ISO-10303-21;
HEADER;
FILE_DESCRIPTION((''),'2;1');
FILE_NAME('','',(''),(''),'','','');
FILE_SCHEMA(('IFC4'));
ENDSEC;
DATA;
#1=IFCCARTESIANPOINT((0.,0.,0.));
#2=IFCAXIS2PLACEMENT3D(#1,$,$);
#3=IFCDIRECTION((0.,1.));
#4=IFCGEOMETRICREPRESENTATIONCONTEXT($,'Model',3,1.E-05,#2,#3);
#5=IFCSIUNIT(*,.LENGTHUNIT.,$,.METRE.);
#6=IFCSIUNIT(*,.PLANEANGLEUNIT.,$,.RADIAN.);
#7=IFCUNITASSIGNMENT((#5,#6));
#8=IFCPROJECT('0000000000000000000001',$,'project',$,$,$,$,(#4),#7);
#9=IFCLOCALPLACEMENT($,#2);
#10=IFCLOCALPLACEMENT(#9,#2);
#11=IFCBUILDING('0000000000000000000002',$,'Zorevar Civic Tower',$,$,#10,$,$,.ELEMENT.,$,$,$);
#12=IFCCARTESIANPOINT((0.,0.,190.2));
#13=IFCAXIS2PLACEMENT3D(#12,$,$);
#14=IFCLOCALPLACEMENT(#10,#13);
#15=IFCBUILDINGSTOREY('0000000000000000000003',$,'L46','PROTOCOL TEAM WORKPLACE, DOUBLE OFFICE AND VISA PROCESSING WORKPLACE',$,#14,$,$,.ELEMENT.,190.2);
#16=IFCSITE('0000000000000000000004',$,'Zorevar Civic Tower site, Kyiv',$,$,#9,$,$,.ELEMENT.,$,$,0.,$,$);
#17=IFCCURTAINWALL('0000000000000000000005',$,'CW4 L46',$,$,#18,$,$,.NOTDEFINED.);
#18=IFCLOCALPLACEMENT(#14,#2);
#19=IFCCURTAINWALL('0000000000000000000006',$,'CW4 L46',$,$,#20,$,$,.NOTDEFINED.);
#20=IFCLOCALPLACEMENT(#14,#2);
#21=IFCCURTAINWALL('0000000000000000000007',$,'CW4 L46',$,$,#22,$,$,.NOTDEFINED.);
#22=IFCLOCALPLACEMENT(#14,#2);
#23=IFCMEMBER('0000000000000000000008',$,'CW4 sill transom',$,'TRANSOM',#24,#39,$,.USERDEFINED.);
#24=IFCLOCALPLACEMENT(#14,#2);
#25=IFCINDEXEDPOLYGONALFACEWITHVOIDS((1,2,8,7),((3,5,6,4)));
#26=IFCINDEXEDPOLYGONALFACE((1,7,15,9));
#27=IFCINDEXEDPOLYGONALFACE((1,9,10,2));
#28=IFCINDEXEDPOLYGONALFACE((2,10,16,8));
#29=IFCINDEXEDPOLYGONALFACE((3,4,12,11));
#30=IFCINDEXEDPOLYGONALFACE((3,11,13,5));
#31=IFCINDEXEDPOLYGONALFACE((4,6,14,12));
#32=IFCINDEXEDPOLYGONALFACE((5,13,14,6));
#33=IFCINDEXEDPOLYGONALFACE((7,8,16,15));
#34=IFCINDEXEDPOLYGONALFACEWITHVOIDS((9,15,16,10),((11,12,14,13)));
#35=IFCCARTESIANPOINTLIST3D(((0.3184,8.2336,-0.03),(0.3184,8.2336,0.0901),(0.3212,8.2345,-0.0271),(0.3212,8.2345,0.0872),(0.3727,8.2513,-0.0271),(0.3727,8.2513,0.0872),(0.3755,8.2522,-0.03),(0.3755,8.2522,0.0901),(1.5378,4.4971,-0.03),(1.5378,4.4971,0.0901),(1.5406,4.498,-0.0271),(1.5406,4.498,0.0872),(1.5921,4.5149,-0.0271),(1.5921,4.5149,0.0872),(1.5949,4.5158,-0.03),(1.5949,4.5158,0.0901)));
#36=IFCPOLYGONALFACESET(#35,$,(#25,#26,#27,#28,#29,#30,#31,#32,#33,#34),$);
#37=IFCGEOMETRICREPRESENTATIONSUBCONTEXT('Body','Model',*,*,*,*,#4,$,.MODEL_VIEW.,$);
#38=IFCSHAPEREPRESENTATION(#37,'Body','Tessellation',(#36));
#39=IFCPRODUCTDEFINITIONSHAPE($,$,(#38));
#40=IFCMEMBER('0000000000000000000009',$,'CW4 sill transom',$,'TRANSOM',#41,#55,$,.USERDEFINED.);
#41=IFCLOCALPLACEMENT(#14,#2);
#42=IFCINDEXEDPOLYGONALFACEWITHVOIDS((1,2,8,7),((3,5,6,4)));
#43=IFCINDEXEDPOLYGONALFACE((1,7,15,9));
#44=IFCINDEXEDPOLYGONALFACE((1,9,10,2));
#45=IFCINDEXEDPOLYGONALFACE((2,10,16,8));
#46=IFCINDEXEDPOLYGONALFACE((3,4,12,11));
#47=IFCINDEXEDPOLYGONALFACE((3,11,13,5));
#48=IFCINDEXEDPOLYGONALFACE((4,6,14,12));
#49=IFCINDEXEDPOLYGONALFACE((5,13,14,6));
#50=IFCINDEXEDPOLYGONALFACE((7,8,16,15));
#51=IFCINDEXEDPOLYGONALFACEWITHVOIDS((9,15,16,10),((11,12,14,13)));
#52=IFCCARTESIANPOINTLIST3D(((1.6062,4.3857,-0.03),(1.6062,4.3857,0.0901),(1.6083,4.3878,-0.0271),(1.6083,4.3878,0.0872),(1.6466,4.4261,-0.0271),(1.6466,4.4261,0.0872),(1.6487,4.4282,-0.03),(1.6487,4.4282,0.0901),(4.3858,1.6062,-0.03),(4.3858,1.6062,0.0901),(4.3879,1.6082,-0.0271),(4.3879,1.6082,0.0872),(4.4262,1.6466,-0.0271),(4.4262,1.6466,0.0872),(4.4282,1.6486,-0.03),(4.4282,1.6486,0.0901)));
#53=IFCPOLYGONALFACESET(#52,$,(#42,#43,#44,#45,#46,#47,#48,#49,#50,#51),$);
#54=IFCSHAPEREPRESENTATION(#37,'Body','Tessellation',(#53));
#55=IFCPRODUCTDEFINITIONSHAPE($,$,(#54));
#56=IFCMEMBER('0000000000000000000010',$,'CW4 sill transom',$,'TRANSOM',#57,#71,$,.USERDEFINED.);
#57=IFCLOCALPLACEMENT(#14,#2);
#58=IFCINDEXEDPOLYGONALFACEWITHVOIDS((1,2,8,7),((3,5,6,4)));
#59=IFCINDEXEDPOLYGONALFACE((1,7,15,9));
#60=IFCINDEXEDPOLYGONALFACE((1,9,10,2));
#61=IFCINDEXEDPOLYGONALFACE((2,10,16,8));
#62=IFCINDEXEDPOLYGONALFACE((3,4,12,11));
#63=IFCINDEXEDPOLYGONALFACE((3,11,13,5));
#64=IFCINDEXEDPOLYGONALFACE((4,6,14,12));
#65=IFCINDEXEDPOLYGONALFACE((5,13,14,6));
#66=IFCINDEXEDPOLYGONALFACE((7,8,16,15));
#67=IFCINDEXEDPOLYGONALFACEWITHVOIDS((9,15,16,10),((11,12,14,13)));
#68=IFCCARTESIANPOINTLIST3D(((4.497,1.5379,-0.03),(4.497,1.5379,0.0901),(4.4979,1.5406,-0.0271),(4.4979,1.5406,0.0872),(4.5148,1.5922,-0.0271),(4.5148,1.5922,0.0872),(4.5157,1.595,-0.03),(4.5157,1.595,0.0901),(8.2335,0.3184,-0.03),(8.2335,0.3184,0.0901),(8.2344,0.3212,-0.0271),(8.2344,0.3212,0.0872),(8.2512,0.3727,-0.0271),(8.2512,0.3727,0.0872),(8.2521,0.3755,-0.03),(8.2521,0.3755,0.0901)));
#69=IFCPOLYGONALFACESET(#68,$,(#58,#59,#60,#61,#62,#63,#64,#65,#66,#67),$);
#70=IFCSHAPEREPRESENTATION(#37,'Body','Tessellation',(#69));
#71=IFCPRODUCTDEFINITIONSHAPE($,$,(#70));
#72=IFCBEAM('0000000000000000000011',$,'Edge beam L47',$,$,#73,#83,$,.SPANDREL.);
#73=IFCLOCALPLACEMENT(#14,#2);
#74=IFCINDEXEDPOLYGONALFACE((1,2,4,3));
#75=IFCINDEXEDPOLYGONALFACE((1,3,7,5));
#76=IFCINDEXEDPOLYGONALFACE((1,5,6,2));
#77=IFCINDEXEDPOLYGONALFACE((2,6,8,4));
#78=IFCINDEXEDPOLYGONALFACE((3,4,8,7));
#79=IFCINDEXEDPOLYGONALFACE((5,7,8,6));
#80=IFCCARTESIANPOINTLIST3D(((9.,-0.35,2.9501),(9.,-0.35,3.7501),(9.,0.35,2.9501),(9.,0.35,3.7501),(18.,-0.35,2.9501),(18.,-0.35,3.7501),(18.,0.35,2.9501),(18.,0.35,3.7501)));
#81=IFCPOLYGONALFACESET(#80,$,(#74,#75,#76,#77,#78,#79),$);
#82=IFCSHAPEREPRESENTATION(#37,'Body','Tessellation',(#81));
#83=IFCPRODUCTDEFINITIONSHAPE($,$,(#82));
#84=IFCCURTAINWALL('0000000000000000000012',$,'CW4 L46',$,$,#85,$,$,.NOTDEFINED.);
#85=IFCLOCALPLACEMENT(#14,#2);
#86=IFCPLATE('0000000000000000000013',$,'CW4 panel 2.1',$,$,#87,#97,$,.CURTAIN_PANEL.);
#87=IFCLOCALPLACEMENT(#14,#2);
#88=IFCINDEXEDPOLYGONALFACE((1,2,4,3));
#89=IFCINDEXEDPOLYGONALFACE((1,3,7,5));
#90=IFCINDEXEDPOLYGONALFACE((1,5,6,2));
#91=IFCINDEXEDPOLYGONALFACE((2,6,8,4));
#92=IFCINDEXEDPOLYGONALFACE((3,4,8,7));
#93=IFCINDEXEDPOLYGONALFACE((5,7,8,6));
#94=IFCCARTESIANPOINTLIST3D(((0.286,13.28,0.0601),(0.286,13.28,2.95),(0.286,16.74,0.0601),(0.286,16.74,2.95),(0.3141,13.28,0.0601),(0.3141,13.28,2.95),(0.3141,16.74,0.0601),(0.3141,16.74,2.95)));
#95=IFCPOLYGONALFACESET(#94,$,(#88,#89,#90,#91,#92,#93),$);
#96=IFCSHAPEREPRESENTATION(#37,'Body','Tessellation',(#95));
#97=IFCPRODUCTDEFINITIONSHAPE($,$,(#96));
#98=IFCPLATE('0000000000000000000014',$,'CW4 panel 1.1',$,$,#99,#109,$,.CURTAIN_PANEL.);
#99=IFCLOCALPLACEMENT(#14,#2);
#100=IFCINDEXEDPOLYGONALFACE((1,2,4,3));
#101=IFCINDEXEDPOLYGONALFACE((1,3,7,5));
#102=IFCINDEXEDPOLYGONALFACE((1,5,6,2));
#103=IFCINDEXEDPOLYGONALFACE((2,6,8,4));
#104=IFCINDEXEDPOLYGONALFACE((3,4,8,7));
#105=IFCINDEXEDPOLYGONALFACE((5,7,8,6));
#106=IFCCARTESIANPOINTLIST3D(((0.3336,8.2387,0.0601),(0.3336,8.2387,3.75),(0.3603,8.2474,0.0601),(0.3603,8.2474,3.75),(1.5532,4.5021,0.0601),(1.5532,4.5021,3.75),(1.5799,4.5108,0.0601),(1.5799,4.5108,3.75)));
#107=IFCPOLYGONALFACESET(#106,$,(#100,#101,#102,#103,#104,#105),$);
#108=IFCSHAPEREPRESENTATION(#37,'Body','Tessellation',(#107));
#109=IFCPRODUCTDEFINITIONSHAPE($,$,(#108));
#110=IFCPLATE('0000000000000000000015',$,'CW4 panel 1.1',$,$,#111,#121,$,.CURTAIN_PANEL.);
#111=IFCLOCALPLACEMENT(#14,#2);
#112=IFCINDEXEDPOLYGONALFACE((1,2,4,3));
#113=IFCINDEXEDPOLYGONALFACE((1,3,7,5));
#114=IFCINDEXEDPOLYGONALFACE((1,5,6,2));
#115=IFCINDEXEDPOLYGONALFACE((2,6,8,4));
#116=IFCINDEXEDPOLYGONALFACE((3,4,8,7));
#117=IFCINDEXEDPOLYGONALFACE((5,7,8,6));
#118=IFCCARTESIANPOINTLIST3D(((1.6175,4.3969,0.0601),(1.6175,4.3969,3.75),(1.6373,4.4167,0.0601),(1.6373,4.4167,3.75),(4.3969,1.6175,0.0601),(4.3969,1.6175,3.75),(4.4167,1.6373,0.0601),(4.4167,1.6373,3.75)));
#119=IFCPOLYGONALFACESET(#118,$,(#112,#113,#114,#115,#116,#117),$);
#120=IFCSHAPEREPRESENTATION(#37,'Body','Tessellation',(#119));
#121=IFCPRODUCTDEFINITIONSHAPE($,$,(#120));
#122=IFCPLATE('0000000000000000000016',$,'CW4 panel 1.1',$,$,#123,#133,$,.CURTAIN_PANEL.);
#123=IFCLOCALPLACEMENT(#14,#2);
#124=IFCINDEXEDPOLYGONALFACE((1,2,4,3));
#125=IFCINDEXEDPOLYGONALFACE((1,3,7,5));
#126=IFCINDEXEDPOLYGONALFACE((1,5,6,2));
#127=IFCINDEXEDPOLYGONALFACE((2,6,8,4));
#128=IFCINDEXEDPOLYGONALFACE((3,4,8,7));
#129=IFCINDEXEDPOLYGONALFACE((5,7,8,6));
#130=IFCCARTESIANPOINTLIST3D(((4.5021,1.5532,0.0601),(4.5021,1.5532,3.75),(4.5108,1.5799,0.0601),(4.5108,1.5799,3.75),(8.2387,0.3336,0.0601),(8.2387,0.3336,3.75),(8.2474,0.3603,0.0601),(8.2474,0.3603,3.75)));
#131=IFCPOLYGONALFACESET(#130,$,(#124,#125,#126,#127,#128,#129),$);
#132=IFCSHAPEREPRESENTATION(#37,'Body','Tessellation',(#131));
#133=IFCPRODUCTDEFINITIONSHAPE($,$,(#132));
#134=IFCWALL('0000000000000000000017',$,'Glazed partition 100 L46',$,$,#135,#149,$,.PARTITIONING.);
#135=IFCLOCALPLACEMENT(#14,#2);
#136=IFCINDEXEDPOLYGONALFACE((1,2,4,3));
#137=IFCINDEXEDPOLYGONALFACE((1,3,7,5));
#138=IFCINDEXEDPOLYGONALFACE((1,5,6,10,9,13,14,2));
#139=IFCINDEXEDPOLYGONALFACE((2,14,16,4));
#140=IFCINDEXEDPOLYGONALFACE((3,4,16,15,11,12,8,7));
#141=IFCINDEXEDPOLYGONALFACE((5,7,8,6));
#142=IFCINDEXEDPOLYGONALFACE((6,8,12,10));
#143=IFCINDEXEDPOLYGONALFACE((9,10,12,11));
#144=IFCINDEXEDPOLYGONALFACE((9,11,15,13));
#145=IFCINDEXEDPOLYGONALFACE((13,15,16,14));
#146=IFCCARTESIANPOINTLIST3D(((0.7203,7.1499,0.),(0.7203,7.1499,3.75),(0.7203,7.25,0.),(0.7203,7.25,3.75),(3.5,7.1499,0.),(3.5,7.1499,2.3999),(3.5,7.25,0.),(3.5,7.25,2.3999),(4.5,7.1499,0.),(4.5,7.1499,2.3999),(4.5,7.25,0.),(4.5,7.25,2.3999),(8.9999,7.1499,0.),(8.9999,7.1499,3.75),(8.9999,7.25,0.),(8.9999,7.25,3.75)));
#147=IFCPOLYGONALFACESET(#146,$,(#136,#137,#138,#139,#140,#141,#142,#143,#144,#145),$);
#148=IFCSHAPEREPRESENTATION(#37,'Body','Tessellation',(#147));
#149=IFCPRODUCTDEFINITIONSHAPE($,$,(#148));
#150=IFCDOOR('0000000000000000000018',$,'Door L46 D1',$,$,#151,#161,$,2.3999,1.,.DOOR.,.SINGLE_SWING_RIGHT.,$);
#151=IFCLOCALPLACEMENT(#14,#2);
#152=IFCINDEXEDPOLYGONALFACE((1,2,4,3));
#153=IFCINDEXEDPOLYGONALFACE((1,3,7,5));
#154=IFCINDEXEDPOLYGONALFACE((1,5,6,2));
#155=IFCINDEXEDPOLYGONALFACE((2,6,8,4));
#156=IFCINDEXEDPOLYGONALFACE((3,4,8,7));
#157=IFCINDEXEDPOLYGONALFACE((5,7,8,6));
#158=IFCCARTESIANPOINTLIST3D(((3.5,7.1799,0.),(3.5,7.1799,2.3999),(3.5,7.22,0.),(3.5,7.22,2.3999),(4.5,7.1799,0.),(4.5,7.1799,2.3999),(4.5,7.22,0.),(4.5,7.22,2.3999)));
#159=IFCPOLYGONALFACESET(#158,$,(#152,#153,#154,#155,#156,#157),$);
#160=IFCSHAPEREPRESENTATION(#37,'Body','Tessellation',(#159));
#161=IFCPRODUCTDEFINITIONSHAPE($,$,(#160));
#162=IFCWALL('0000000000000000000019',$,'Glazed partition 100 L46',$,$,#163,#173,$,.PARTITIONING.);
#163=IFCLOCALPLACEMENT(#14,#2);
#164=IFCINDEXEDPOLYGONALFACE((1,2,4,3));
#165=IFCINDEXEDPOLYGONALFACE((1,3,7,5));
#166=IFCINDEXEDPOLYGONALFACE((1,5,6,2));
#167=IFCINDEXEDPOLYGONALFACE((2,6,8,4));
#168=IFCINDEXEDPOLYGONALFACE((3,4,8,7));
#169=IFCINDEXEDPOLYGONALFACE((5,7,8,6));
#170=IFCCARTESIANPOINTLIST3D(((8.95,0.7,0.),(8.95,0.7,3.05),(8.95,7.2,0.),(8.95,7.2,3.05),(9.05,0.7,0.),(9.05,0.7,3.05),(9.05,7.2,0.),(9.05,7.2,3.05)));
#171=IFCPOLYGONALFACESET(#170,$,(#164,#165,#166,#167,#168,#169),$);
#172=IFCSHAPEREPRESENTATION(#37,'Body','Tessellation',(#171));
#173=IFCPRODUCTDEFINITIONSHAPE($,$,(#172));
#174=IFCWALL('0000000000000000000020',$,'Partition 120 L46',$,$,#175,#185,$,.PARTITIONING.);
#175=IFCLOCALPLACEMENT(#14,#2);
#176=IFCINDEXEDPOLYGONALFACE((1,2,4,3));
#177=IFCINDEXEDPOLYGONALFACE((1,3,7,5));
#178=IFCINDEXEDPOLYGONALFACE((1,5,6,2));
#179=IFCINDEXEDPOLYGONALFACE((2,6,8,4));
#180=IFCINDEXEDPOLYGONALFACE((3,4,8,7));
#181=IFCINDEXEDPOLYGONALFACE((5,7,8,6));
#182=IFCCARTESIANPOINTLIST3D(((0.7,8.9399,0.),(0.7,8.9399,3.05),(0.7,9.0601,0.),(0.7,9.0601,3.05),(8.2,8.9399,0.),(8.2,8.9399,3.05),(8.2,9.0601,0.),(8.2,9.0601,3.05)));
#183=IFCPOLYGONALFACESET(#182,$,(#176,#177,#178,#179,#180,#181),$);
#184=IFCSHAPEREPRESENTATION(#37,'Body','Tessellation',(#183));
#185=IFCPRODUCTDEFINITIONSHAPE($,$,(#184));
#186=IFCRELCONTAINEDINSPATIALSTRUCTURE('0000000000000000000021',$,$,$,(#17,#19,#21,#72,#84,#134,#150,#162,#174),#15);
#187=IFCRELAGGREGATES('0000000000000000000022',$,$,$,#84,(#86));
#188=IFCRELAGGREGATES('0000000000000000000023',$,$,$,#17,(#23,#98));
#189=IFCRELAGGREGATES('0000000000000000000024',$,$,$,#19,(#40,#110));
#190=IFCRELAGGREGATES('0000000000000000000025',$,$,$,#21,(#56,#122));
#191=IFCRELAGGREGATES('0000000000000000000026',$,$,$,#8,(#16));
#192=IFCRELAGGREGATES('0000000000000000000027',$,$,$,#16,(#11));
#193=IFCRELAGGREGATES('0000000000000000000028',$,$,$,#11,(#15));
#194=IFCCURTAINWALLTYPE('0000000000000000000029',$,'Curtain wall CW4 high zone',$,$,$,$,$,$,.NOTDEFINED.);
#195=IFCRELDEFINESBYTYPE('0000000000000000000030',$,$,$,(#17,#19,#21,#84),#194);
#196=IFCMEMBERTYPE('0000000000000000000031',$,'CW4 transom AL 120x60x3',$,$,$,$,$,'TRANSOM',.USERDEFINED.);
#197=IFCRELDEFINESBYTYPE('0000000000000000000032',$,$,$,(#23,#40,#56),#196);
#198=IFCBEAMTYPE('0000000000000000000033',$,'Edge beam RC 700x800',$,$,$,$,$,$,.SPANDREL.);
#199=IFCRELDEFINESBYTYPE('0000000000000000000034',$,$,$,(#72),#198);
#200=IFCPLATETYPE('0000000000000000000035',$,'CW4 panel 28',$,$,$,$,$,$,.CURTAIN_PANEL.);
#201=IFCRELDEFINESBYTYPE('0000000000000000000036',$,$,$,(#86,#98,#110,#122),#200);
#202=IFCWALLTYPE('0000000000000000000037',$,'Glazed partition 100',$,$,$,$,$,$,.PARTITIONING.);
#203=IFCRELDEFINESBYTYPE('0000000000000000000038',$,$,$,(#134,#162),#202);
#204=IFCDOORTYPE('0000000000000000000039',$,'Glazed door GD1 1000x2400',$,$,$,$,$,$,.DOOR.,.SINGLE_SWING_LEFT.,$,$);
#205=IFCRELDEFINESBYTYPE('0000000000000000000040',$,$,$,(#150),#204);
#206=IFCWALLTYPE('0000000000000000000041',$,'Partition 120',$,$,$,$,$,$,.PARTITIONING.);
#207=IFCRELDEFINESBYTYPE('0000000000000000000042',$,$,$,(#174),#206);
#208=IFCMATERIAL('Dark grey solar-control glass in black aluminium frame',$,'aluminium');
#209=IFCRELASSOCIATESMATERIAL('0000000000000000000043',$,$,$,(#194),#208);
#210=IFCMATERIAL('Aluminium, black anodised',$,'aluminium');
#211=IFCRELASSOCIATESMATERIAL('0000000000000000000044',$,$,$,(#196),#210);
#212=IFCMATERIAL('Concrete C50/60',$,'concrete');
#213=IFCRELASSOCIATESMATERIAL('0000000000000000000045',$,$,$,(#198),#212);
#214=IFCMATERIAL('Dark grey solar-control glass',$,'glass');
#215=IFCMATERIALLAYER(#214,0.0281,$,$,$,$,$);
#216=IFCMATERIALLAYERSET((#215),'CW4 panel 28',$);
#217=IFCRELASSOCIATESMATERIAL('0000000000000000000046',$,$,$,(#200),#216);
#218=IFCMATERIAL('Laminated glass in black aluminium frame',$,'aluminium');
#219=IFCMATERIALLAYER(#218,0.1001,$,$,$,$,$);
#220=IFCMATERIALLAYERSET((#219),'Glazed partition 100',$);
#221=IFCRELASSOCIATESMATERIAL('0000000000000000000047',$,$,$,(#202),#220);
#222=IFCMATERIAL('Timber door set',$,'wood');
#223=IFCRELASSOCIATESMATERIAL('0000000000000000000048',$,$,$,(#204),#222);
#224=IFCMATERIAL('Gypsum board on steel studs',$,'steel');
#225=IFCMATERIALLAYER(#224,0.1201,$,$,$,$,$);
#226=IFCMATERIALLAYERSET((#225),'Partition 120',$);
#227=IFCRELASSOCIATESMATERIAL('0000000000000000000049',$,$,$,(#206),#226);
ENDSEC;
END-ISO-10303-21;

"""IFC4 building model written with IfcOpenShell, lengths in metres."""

from ifc_helpers import new_model, si_unit, direction, frame, frame_2d, origin, origin_2d, place, context, subcontext, project, spatial, rectangle, hollow_rectangle, extrude, material, layer, layer_set, material_profile, profile_set, type_object, element, fill, aggregate, save


model = new_model("IFC4")

# Units and contexts
model_context = context("Model", 3, precision=1e-05, world=origin(), true_north=direction((0.0, 1.0)))
body_context = subcontext(model_context, "Body", "Model", "MODEL_VIEW")
ifc_project = project(units=[si_unit("LENGTHUNIT", "METRE"), si_unit("PLANEANGLEUNIT", "RADIAN")], contexts=[model_context])

# Site, building, storey
site_placement = place(None, origin())
site = spatial("IfcSite", under=ifc_project, at=site_placement, Name="Zorevar Civic Tower site, Kyiv", CompositionType="ELEMENT", RefElevation=0.0)
building_placement = place(site_placement, origin())
building = spatial("IfcBuilding", under=site, at=building_placement, Name="Zorevar Civic Tower", CompositionType="ELEMENT")
storey_placement = place(building_placement, frame((0.0, 0.0, 190.2)))
storey = spatial("IfcBuildingStorey", under=building, at=storey_placement, Name="L46", Description="PROTOCOL TEAM WORKPLACE, DOUBLE OFFICE AND VISA PROCESSING WORKPLACE", CompositionType="ELEMENT", Elevation=190.2)

# Curtain walls
ifc_material_1 = material(Name="Dark grey solar-control glass in black aluminium frame", Category="aluminium")
curtain_wall_type = type_object("IfcCurtainWallType", Name="Curtain wall CW4 high zone", PredefinedType="NOTDEFINED", material=ifc_material_1)
curtain_wall_1_placement = place(storey_placement, origin())
curtain_wall_1 = element("IfcCurtainWall", 1, at=curtain_wall_1_placement, inside=storey, type_object=curtain_wall_type, Name="CW4 L46", PredefinedType="NOTDEFINED")
curtain_wall_2_placement = place(storey_placement, origin())
curtain_wall_2 = element("IfcCurtainWall", 2, at=curtain_wall_2_placement, inside=storey, type_object=curtain_wall_type, Name="CW4 L46", PredefinedType="NOTDEFINED")
curtain_wall_3_placement = place(storey_placement, origin())
curtain_wall_3 = element("IfcCurtainWall", 3, at=curtain_wall_3_placement, inside=storey, type_object=curtain_wall_type, Name="CW4 L46", PredefinedType="NOTDEFINED")

# Members
ifc_material_2 = material(Name="Aluminium, black anodised", Category="aluminium")
ifc_material_profile_1 = material_profile(ifc_material_2, hollow_rectangle(XDim=0.0601, YDim=0.1201, WallThickness=0.0029, at=origin_2d()), Name="AL 120x60x3")
ifc_profile_set_1 = profile_set([ifc_material_profile_1], Name="Aluminium, black anodised")
member_type_1 = type_object("IfcMemberType", Name="CW4 transom AL 120x60x3", ElementType="TRANSOM", PredefinedType="USERDEFINED", material=ifc_profile_set_1)
member_1_placement = place(storey_placement, frame((0.3469, 8.2429, 0.03), z_axis=(0.310259, -0.950652, 0.0), x_axis=(0.950652, 0.310259, 0.0)))
member_1 = element("IfcMember", 4, at=member_1_placement, type_object=member_type_1, Name="CW4 sill transom", ObjectType="TRANSOM", PredefinedType="USERDEFINED", context=body_context, shape_type="SweptSolid", body=[
    extrude(hollow_rectangle(XDim=0.0601, YDim=0.1201, WallThickness=0.0029, at=origin_2d()), origin(), (0.0, 0.0, 1.0), 3.9304),
])
member_2_placement = place(storey_placement, frame((1.6274, 4.407, 0.03), z_axis=(0.707107, -0.707107, 0.0), x_axis=(0.707107, 0.707107, 0.0)))
member_2 = element("IfcMember", 5, at=member_2_placement, type_object=member_type_1, Name="CW4 sill transom", ObjectType="TRANSOM", PredefinedType="USERDEFINED", context=body_context, shape_type="SweptSolid", body=[
    extrude(hollow_rectangle(XDim=0.0601, YDim=0.1201, WallThickness=0.0029, at=origin_2d()), origin(), (0.0, 0.0, 1.0), 3.9309),
])
member_3_placement = place(storey_placement, frame((4.5063, 1.5664, 0.03), z_axis=(0.950652, -0.310259, 0.0), x_axis=(0.310259, 0.950652, 0.0)))
member_3 = element("IfcMember", 6, at=member_3_placement, type_object=member_type_1, Name="CW4 sill transom", ObjectType="TRANSOM", PredefinedType="USERDEFINED", context=body_context, shape_type="SweptSolid", body=[
    extrude(hollow_rectangle(XDim=0.0601, YDim=0.1201, WallThickness=0.0029, at=origin_2d()), origin(), (0.0, 0.0, 1.0), 3.9304),
])

# Beam
ifc_material_3 = material(Name="Concrete C50/60", Category="concrete")
ifc_material_profile_2 = material_profile(ifc_material_3, rectangle(XDim=0.7, YDim=0.8, at=origin_2d()), Name="RC 700x800")
ifc_profile_set_2 = profile_set([ifc_material_profile_2], Name="Concrete C50/60")
beam_type_1 = type_object("IfcBeamType", Name="Edge beam RC 700x800", PredefinedType="SPANDREL", material=ifc_profile_set_2)
beam_1_placement = place(storey_placement, frame((9.0, 0.0, 3.3501), z_axis=(1.0, 0.0, 0.0), x_axis=(0.0, 1.0, 0.0)))
element("IfcBeam", 7, at=beam_1_placement, inside=storey, type_object=beam_type_1, Name="Edge beam L47", PredefinedType="SPANDREL", context=body_context, shape_type="SweptSolid", body=[
    extrude(rectangle(XDim=0.7, YDim=0.8, at=origin_2d()), origin(), (0.0, 0.0, 1.0), 9.0),
])

# Curtain wall, plate
curtain_wall_4_placement = place(storey_placement, origin())
curtain_wall_4 = element("IfcCurtainWall", 8, at=curtain_wall_4_placement, inside=storey, type_object=curtain_wall_type, Name="CW4 L46", PredefinedType="NOTDEFINED")
ifc_material_4 = material(Name="Dark grey solar-control glass", Category="glass")
ifc_layer_1 = layer(ifc_material_4, 0.0281)
ifc_layer_set_1 = layer_set([ifc_layer_1], Name="CW4 panel 28")
plate_type = type_object("IfcPlateType", Name="CW4 panel 28", PredefinedType="CURTAIN_PANEL", material=ifc_layer_set_1)
plate_1_placement = place(storey_placement, frame((0.3, 15.01, 0.0601), z_axis=(0.0, 0.0, 1.0), x_axis=(0.0, 1.0, 0.0)))
plate_1 = element("IfcPlate", 9, at=plate_1_placement, type_object=plate_type, Name="CW4 panel 2.1", PredefinedType="CURTAIN_PANEL", context=body_context, shape_type="SweptSolid", body=[
    extrude(rectangle(XDim=3.46, YDim=0.0281, at=origin_2d()), origin(), (0.0, 0.0, 1.0), 2.8899),
])
aggregate(curtain_wall_4, [plate_1])

# Plates
plate_2_placement = place(storey_placement, frame((0.9568, 6.3748, 0.0601), z_axis=(0.0, 0.0, 1.0), x_axis=(0.310281, -0.950645, 0.0)))
plate_2 = element("IfcPlate", 10, at=plate_2_placement, type_object=plate_type, Name="CW4 panel 1.1", PredefinedType="CURTAIN_PANEL", context=body_context, shape_type="SweptSolid", body=[
    extrude(rectangle(XDim=3.9307, YDim=0.0281, at=origin_2d()), origin(), (0.0, 0.0, 1.0), 3.6899),
])
aggregate(curtain_wall_1, [member_1, plate_2])
plate_3_placement = place(storey_placement, frame((3.0171, 3.0171, 0.0601), z_axis=(0.0, 0.0, 1.0), x_axis=(0.707107, -0.707107, 0.0)))
plate_3 = element("IfcPlate", 11, at=plate_3_placement, type_object=plate_type, Name="CW4 panel 1.1", PredefinedType="CURTAIN_PANEL", context=body_context, shape_type="SweptSolid", body=[
    extrude(rectangle(XDim=3.9307, YDim=0.0281, at=origin_2d()), origin(), (0.0, 0.0, 1.0), 3.6899),
])
aggregate(curtain_wall_2, [member_2, plate_3])
plate_4_placement = place(storey_placement, frame((6.3748, 0.9568, 0.0601), z_axis=(0.0, 0.0, 1.0), x_axis=(0.950645, -0.310281, 0.0)))
plate_4 = element("IfcPlate", 12, at=plate_4_placement, type_object=plate_type, Name="CW4 panel 1.1", PredefinedType="CURTAIN_PANEL", context=body_context, shape_type="SweptSolid", body=[
    extrude(rectangle(XDim=3.9307, YDim=0.0281, at=origin_2d()), origin(), (0.0, 0.0, 1.0), 3.6899),
])
aggregate(curtain_wall_3, [member_3, plate_4])

# Wall, opening, door
ifc_material_5 = material(Name="Laminated glass in black aluminium frame", Category="aluminium")
ifc_layer_2 = layer(ifc_material_5, 0.1001)
ifc_layer_set_2 = layer_set([ifc_layer_2], Name="Glazed partition 100")
wall_type_1 = type_object("IfcWallType", Name="Glazed partition 100", PredefinedType="PARTITIONING", material=ifc_layer_set_2)
wall_1_placement = place(storey_placement, frame((0.7205, 7.2, 0.0), z_axis=(0.0, 0.0, 1.0), x_axis=(1.0, 0.0, 0.0)))
wall_1 = element("IfcWall", 13, at=wall_1_placement, inside=storey, type_object=wall_type_1, Name="Glazed partition 100 L46", PredefinedType="PARTITIONING", context=body_context, shape_type="SweptSolid", body=[
    extrude(rectangle(XDim=8.2795, YDim=0.1001, at=frame_2d((4.1396, 0.0))), origin(), (0.0, 0.0, 1.0), 3.75),
])
opening_placement = place(wall_1_placement, frame((2.7795, 0.0, 0.0)))
opening = element("IfcOpeningElement", 14, at=opening_placement, cuts=wall_1, PredefinedType="OPENING", context=body_context, shape_type="SweptSolid", body=[
    extrude(rectangle(XDim=1.0, YDim=2.3999, at=frame_2d((0.5, 1.2))), frame((0.0, 0.0601, 0.0), z_axis=(0.0, -1.0, 0.0), x_axis=(1.0, 0.0, 0.0)), (0.0, 0.0, 1.0), 0.1201),
])
ifc_material_6 = material(Name="Timber door set", Category="wood")
door_type = type_object("IfcDoorType", Name="Glazed door GD1 1000x2400", OperationType="SINGLE_SWING_LEFT", PredefinedType="DOOR", material=ifc_material_6)
door_placement = place(opening_placement, origin())
door = element("IfcDoor", 15, at=door_placement, inside=storey, type_object=door_type, Name="Door L46 D1", OperationType="SINGLE_SWING_RIGHT", OverallHeight=2.3999, OverallWidth=1.0, PredefinedType="DOOR", context=body_context, shape_type="SweptSolid", body=[
    extrude(rectangle(XDim=1.0, YDim=2.3999, at=frame_2d((0.5, 1.2))), frame((0.0, 0.02, 0.0), z_axis=(0.0, -1.0, 0.0), x_axis=(1.0, 0.0, 0.0)), (0.0, 0.0, 1.0), 0.04),
])
fill(opening, door)

# Walls
wall_2_placement = place(storey_placement, frame((9.0, 0.7, 0.0), z_axis=(0.0, 0.0, 1.0), x_axis=(0.0, 1.0, 0.0)))
element("IfcWall", 16, at=wall_2_placement, inside=storey, type_object=wall_type_1, Name="Glazed partition 100 L46", PredefinedType="PARTITIONING", context=body_context, shape_type="SweptSolid", body=[
    extrude(rectangle(XDim=6.5, YDim=0.1001, at=frame_2d((3.25, 0.0))), origin(), (0.0, 0.0, 1.0), 3.05),
])
ifc_material_7 = material(Name="Gypsum board on steel studs", Category="steel")
ifc_layer_3 = layer(ifc_material_7, 0.1201)
ifc_layer_set_3 = layer_set([ifc_layer_3], Name="Partition 120")
wall_type_2 = type_object("IfcWallType", Name="Partition 120", PredefinedType="PARTITIONING", material=ifc_layer_set_3)
wall_3_placement = place(storey_placement, frame((0.7, 9.0, 0.0), z_axis=(0.0, 0.0, 1.0), x_axis=(1.0, 0.0, 0.0)))
element("IfcWall", 17, at=wall_3_placement, inside=storey, type_object=wall_type_2, Name="Partition 120 L46", PredefinedType="PARTITIONING", context=body_context, shape_type="SweptSolid", body=[
    extrude(rectangle(XDim=7.5, YDim=0.1201, at=frame_2d((3.75, 0.0))), origin(), (0.0, 0.0, 1.0), 3.05),
])

save(model, "model.ifc")
